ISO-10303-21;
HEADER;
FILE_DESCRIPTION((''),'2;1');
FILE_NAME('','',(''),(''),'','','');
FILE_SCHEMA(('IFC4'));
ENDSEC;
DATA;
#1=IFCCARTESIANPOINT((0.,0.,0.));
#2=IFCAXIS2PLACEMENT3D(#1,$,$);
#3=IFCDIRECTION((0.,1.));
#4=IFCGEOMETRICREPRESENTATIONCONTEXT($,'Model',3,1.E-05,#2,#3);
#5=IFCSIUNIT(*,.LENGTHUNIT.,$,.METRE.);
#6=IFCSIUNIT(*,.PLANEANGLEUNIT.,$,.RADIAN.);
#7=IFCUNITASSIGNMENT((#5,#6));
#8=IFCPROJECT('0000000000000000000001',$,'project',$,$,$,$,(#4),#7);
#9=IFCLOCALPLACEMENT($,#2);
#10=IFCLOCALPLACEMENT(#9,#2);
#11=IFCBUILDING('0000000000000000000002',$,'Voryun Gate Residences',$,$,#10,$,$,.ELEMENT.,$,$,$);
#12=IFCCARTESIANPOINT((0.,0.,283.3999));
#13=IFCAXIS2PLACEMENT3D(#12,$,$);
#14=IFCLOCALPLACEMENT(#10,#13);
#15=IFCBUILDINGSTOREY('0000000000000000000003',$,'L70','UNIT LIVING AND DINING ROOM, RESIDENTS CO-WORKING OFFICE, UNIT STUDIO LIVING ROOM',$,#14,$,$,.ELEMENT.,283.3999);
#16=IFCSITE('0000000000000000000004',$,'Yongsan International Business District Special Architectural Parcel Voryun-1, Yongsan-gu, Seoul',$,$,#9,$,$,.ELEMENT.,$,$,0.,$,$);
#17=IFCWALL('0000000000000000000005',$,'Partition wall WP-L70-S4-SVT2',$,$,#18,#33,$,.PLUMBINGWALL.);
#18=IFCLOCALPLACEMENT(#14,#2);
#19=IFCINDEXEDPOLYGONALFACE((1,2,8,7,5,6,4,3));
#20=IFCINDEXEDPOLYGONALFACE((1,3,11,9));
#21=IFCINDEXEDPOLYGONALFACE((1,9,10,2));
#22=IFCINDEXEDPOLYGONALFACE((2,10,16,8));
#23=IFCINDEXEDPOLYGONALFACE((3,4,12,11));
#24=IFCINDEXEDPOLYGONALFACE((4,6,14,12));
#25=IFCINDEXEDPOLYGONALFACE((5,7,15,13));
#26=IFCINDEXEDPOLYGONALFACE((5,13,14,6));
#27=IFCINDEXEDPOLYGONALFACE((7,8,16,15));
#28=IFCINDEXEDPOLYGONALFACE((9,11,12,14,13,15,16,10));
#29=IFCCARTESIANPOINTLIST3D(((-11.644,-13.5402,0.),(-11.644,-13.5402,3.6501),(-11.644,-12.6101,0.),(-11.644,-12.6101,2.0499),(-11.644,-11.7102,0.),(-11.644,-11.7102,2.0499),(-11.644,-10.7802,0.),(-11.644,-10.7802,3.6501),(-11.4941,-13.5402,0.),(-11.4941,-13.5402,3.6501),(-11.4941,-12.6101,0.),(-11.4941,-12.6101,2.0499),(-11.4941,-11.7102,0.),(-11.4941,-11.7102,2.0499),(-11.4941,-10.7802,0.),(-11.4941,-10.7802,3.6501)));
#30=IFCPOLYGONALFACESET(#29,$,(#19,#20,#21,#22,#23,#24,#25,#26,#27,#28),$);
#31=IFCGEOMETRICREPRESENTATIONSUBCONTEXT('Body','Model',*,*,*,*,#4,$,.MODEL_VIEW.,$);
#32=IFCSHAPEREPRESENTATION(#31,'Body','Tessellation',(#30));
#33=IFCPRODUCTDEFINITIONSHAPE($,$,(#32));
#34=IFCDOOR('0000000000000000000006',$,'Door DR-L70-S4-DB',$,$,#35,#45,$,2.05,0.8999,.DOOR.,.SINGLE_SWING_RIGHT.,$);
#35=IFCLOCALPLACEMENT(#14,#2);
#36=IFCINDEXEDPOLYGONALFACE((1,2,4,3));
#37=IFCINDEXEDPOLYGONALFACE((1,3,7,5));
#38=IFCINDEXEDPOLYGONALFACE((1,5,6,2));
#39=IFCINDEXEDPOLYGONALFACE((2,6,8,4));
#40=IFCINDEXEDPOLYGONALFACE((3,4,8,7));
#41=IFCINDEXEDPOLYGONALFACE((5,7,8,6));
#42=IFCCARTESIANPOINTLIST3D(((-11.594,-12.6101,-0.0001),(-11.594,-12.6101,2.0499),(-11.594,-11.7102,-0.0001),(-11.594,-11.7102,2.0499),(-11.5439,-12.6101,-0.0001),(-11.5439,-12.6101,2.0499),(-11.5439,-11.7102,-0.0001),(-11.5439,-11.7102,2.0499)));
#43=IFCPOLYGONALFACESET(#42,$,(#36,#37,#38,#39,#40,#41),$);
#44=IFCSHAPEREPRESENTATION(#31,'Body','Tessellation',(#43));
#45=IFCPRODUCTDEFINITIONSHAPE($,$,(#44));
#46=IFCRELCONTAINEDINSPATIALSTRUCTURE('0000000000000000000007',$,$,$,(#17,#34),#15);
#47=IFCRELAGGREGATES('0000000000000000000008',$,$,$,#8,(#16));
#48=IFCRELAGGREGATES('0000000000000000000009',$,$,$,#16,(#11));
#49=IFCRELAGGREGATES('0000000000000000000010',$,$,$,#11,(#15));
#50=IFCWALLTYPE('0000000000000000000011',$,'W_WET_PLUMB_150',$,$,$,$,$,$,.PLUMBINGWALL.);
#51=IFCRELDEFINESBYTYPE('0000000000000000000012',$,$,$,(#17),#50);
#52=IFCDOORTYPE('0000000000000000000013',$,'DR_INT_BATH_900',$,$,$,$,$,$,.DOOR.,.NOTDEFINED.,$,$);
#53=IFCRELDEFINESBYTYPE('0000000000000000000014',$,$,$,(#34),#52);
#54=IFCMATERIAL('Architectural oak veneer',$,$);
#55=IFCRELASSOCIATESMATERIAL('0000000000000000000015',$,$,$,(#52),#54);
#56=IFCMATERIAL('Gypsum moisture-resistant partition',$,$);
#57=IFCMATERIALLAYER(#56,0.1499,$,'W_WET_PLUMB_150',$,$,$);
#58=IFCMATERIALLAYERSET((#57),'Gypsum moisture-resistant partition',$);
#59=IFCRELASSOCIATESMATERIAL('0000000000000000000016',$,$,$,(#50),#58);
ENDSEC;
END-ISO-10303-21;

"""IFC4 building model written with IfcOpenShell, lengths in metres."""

from ifc_helpers import new_model, si_unit, direction, frame, frame_2d, origin, place, context, subcontext, project, spatial, rectangle, extrude, material, layer, layer_set, type_object, element, fill, save


model = new_model("IFC4")

# Units and contexts
model_context = context("Model", 3, precision=1e-05, world=origin(), true_north=direction((0.0, 1.0)))
body_context = subcontext(model_context, "Body", "Model", "MODEL_VIEW")
ifc_project = project(units=[si_unit("LENGTHUNIT", "METRE"), si_unit("PLANEANGLEUNIT", "RADIAN")], contexts=[model_context])

# Site, building, storey
site_placement = place(None, origin())
site = spatial("IfcSite", under=ifc_project, at=site_placement, Name="Yongsan International Business District Special Architectural Parcel Voryun-1, Yongsan-gu, Seoul", CompositionType="ELEMENT", RefElevation=0.0)
building_placement = place(site_placement, origin())
building = spatial("IfcBuilding", under=site, at=building_placement, Name="Voryun Gate Residences", CompositionType="ELEMENT")
storey_placement = place(building_placement, frame((0.0, 0.0, 283.3999)))
storey = spatial("IfcBuildingStorey", under=building, at=storey_placement, Name="L70", Description="UNIT LIVING AND DINING ROOM, RESIDENTS CO-WORKING OFFICE, UNIT STUDIO LIVING ROOM", CompositionType="ELEMENT", Elevation=283.3999)

# Shared definitions
ifc_material_1 = material(Name="Architectural oak veneer")
door_type_1 = type_object("IfcDoorType", Name="DR_INT_BATH_900", OperationType="NOTDEFINED", PredefinedType="DOOR", material=ifc_material_1)

# Wall, opening, door
ifc_material_2 = material(Name="Gypsum moisture-resistant partition")
ifc_layer_1 = layer(ifc_material_2, 0.1499, Name="W_WET_PLUMB_150")
ifc_layer_set_1 = layer_set([ifc_layer_1], Name="Gypsum moisture-resistant partition")
wall_type_1 = type_object("IfcWallType", Name="W_WET_PLUMB_150", PredefinedType="PLUMBINGWALL", material=ifc_layer_set_1)
wall_1_placement = place(storey_placement, frame((-11.5691, -13.54, 0.0), z_axis=(0.0, 0.0, 1.0), x_axis=(0.0, 1.0, 0.0)))
wall_1 = element("IfcWall", 1, at=wall_1_placement, inside=storey, type_object=wall_type_1, Name="Partition wall WP-L70-S4-SVT2", PredefinedType="PLUMBINGWALL", context=body_context, shape_type="SweptSolid", body=[
    extrude(rectangle(XDim=2.76, YDim=0.1499, at=frame_2d((1.3799, 0.0))), origin(), (0.0, 0.0, 1.0), 3.6501),
])
opening_1_placement = place(wall_1_placement, frame((0.9299, 0.0, 0.0)))
opening_1 = element("IfcOpeningElement", 2, at=opening_1_placement, cuts=wall_1, PredefinedType="OPENING", context=body_context, shape_type="SweptSolid", body=[
    extrude(rectangle(XDim=0.8999, YDim=2.05, at=frame_2d((0.45, 1.0249))), frame((0.0, 0.085, 0.0), z_axis=(0.0, -1.0, 0.0), x_axis=(1.0, 0.0, 0.0)), (0.0, 0.0, 1.0), 0.1699),
])
door_1_placement = place(opening_1_placement, origin())
door_1 = element("IfcDoor", 3, at=door_1_placement, inside=storey, type_object=door_type_1, Name="Door DR-L70-S4-DB", OperationType="SINGLE_SWING_RIGHT", OverallHeight=2.05, OverallWidth=0.8999, PredefinedType="DOOR", context=body_context, shape_type="SweptSolid", body=[
    extrude(rectangle(XDim=0.8999, YDim=2.05, at=frame_2d((0.45, 1.0249))), frame((0.0, 0.0249, 0.0), z_axis=(0.0, -1.0, 0.0), x_axis=(1.0, 0.0, 0.0)), (0.0, 0.0, 1.0), 0.05),
])
fill(opening_1, door_1)

save(model, "model.ifc")
